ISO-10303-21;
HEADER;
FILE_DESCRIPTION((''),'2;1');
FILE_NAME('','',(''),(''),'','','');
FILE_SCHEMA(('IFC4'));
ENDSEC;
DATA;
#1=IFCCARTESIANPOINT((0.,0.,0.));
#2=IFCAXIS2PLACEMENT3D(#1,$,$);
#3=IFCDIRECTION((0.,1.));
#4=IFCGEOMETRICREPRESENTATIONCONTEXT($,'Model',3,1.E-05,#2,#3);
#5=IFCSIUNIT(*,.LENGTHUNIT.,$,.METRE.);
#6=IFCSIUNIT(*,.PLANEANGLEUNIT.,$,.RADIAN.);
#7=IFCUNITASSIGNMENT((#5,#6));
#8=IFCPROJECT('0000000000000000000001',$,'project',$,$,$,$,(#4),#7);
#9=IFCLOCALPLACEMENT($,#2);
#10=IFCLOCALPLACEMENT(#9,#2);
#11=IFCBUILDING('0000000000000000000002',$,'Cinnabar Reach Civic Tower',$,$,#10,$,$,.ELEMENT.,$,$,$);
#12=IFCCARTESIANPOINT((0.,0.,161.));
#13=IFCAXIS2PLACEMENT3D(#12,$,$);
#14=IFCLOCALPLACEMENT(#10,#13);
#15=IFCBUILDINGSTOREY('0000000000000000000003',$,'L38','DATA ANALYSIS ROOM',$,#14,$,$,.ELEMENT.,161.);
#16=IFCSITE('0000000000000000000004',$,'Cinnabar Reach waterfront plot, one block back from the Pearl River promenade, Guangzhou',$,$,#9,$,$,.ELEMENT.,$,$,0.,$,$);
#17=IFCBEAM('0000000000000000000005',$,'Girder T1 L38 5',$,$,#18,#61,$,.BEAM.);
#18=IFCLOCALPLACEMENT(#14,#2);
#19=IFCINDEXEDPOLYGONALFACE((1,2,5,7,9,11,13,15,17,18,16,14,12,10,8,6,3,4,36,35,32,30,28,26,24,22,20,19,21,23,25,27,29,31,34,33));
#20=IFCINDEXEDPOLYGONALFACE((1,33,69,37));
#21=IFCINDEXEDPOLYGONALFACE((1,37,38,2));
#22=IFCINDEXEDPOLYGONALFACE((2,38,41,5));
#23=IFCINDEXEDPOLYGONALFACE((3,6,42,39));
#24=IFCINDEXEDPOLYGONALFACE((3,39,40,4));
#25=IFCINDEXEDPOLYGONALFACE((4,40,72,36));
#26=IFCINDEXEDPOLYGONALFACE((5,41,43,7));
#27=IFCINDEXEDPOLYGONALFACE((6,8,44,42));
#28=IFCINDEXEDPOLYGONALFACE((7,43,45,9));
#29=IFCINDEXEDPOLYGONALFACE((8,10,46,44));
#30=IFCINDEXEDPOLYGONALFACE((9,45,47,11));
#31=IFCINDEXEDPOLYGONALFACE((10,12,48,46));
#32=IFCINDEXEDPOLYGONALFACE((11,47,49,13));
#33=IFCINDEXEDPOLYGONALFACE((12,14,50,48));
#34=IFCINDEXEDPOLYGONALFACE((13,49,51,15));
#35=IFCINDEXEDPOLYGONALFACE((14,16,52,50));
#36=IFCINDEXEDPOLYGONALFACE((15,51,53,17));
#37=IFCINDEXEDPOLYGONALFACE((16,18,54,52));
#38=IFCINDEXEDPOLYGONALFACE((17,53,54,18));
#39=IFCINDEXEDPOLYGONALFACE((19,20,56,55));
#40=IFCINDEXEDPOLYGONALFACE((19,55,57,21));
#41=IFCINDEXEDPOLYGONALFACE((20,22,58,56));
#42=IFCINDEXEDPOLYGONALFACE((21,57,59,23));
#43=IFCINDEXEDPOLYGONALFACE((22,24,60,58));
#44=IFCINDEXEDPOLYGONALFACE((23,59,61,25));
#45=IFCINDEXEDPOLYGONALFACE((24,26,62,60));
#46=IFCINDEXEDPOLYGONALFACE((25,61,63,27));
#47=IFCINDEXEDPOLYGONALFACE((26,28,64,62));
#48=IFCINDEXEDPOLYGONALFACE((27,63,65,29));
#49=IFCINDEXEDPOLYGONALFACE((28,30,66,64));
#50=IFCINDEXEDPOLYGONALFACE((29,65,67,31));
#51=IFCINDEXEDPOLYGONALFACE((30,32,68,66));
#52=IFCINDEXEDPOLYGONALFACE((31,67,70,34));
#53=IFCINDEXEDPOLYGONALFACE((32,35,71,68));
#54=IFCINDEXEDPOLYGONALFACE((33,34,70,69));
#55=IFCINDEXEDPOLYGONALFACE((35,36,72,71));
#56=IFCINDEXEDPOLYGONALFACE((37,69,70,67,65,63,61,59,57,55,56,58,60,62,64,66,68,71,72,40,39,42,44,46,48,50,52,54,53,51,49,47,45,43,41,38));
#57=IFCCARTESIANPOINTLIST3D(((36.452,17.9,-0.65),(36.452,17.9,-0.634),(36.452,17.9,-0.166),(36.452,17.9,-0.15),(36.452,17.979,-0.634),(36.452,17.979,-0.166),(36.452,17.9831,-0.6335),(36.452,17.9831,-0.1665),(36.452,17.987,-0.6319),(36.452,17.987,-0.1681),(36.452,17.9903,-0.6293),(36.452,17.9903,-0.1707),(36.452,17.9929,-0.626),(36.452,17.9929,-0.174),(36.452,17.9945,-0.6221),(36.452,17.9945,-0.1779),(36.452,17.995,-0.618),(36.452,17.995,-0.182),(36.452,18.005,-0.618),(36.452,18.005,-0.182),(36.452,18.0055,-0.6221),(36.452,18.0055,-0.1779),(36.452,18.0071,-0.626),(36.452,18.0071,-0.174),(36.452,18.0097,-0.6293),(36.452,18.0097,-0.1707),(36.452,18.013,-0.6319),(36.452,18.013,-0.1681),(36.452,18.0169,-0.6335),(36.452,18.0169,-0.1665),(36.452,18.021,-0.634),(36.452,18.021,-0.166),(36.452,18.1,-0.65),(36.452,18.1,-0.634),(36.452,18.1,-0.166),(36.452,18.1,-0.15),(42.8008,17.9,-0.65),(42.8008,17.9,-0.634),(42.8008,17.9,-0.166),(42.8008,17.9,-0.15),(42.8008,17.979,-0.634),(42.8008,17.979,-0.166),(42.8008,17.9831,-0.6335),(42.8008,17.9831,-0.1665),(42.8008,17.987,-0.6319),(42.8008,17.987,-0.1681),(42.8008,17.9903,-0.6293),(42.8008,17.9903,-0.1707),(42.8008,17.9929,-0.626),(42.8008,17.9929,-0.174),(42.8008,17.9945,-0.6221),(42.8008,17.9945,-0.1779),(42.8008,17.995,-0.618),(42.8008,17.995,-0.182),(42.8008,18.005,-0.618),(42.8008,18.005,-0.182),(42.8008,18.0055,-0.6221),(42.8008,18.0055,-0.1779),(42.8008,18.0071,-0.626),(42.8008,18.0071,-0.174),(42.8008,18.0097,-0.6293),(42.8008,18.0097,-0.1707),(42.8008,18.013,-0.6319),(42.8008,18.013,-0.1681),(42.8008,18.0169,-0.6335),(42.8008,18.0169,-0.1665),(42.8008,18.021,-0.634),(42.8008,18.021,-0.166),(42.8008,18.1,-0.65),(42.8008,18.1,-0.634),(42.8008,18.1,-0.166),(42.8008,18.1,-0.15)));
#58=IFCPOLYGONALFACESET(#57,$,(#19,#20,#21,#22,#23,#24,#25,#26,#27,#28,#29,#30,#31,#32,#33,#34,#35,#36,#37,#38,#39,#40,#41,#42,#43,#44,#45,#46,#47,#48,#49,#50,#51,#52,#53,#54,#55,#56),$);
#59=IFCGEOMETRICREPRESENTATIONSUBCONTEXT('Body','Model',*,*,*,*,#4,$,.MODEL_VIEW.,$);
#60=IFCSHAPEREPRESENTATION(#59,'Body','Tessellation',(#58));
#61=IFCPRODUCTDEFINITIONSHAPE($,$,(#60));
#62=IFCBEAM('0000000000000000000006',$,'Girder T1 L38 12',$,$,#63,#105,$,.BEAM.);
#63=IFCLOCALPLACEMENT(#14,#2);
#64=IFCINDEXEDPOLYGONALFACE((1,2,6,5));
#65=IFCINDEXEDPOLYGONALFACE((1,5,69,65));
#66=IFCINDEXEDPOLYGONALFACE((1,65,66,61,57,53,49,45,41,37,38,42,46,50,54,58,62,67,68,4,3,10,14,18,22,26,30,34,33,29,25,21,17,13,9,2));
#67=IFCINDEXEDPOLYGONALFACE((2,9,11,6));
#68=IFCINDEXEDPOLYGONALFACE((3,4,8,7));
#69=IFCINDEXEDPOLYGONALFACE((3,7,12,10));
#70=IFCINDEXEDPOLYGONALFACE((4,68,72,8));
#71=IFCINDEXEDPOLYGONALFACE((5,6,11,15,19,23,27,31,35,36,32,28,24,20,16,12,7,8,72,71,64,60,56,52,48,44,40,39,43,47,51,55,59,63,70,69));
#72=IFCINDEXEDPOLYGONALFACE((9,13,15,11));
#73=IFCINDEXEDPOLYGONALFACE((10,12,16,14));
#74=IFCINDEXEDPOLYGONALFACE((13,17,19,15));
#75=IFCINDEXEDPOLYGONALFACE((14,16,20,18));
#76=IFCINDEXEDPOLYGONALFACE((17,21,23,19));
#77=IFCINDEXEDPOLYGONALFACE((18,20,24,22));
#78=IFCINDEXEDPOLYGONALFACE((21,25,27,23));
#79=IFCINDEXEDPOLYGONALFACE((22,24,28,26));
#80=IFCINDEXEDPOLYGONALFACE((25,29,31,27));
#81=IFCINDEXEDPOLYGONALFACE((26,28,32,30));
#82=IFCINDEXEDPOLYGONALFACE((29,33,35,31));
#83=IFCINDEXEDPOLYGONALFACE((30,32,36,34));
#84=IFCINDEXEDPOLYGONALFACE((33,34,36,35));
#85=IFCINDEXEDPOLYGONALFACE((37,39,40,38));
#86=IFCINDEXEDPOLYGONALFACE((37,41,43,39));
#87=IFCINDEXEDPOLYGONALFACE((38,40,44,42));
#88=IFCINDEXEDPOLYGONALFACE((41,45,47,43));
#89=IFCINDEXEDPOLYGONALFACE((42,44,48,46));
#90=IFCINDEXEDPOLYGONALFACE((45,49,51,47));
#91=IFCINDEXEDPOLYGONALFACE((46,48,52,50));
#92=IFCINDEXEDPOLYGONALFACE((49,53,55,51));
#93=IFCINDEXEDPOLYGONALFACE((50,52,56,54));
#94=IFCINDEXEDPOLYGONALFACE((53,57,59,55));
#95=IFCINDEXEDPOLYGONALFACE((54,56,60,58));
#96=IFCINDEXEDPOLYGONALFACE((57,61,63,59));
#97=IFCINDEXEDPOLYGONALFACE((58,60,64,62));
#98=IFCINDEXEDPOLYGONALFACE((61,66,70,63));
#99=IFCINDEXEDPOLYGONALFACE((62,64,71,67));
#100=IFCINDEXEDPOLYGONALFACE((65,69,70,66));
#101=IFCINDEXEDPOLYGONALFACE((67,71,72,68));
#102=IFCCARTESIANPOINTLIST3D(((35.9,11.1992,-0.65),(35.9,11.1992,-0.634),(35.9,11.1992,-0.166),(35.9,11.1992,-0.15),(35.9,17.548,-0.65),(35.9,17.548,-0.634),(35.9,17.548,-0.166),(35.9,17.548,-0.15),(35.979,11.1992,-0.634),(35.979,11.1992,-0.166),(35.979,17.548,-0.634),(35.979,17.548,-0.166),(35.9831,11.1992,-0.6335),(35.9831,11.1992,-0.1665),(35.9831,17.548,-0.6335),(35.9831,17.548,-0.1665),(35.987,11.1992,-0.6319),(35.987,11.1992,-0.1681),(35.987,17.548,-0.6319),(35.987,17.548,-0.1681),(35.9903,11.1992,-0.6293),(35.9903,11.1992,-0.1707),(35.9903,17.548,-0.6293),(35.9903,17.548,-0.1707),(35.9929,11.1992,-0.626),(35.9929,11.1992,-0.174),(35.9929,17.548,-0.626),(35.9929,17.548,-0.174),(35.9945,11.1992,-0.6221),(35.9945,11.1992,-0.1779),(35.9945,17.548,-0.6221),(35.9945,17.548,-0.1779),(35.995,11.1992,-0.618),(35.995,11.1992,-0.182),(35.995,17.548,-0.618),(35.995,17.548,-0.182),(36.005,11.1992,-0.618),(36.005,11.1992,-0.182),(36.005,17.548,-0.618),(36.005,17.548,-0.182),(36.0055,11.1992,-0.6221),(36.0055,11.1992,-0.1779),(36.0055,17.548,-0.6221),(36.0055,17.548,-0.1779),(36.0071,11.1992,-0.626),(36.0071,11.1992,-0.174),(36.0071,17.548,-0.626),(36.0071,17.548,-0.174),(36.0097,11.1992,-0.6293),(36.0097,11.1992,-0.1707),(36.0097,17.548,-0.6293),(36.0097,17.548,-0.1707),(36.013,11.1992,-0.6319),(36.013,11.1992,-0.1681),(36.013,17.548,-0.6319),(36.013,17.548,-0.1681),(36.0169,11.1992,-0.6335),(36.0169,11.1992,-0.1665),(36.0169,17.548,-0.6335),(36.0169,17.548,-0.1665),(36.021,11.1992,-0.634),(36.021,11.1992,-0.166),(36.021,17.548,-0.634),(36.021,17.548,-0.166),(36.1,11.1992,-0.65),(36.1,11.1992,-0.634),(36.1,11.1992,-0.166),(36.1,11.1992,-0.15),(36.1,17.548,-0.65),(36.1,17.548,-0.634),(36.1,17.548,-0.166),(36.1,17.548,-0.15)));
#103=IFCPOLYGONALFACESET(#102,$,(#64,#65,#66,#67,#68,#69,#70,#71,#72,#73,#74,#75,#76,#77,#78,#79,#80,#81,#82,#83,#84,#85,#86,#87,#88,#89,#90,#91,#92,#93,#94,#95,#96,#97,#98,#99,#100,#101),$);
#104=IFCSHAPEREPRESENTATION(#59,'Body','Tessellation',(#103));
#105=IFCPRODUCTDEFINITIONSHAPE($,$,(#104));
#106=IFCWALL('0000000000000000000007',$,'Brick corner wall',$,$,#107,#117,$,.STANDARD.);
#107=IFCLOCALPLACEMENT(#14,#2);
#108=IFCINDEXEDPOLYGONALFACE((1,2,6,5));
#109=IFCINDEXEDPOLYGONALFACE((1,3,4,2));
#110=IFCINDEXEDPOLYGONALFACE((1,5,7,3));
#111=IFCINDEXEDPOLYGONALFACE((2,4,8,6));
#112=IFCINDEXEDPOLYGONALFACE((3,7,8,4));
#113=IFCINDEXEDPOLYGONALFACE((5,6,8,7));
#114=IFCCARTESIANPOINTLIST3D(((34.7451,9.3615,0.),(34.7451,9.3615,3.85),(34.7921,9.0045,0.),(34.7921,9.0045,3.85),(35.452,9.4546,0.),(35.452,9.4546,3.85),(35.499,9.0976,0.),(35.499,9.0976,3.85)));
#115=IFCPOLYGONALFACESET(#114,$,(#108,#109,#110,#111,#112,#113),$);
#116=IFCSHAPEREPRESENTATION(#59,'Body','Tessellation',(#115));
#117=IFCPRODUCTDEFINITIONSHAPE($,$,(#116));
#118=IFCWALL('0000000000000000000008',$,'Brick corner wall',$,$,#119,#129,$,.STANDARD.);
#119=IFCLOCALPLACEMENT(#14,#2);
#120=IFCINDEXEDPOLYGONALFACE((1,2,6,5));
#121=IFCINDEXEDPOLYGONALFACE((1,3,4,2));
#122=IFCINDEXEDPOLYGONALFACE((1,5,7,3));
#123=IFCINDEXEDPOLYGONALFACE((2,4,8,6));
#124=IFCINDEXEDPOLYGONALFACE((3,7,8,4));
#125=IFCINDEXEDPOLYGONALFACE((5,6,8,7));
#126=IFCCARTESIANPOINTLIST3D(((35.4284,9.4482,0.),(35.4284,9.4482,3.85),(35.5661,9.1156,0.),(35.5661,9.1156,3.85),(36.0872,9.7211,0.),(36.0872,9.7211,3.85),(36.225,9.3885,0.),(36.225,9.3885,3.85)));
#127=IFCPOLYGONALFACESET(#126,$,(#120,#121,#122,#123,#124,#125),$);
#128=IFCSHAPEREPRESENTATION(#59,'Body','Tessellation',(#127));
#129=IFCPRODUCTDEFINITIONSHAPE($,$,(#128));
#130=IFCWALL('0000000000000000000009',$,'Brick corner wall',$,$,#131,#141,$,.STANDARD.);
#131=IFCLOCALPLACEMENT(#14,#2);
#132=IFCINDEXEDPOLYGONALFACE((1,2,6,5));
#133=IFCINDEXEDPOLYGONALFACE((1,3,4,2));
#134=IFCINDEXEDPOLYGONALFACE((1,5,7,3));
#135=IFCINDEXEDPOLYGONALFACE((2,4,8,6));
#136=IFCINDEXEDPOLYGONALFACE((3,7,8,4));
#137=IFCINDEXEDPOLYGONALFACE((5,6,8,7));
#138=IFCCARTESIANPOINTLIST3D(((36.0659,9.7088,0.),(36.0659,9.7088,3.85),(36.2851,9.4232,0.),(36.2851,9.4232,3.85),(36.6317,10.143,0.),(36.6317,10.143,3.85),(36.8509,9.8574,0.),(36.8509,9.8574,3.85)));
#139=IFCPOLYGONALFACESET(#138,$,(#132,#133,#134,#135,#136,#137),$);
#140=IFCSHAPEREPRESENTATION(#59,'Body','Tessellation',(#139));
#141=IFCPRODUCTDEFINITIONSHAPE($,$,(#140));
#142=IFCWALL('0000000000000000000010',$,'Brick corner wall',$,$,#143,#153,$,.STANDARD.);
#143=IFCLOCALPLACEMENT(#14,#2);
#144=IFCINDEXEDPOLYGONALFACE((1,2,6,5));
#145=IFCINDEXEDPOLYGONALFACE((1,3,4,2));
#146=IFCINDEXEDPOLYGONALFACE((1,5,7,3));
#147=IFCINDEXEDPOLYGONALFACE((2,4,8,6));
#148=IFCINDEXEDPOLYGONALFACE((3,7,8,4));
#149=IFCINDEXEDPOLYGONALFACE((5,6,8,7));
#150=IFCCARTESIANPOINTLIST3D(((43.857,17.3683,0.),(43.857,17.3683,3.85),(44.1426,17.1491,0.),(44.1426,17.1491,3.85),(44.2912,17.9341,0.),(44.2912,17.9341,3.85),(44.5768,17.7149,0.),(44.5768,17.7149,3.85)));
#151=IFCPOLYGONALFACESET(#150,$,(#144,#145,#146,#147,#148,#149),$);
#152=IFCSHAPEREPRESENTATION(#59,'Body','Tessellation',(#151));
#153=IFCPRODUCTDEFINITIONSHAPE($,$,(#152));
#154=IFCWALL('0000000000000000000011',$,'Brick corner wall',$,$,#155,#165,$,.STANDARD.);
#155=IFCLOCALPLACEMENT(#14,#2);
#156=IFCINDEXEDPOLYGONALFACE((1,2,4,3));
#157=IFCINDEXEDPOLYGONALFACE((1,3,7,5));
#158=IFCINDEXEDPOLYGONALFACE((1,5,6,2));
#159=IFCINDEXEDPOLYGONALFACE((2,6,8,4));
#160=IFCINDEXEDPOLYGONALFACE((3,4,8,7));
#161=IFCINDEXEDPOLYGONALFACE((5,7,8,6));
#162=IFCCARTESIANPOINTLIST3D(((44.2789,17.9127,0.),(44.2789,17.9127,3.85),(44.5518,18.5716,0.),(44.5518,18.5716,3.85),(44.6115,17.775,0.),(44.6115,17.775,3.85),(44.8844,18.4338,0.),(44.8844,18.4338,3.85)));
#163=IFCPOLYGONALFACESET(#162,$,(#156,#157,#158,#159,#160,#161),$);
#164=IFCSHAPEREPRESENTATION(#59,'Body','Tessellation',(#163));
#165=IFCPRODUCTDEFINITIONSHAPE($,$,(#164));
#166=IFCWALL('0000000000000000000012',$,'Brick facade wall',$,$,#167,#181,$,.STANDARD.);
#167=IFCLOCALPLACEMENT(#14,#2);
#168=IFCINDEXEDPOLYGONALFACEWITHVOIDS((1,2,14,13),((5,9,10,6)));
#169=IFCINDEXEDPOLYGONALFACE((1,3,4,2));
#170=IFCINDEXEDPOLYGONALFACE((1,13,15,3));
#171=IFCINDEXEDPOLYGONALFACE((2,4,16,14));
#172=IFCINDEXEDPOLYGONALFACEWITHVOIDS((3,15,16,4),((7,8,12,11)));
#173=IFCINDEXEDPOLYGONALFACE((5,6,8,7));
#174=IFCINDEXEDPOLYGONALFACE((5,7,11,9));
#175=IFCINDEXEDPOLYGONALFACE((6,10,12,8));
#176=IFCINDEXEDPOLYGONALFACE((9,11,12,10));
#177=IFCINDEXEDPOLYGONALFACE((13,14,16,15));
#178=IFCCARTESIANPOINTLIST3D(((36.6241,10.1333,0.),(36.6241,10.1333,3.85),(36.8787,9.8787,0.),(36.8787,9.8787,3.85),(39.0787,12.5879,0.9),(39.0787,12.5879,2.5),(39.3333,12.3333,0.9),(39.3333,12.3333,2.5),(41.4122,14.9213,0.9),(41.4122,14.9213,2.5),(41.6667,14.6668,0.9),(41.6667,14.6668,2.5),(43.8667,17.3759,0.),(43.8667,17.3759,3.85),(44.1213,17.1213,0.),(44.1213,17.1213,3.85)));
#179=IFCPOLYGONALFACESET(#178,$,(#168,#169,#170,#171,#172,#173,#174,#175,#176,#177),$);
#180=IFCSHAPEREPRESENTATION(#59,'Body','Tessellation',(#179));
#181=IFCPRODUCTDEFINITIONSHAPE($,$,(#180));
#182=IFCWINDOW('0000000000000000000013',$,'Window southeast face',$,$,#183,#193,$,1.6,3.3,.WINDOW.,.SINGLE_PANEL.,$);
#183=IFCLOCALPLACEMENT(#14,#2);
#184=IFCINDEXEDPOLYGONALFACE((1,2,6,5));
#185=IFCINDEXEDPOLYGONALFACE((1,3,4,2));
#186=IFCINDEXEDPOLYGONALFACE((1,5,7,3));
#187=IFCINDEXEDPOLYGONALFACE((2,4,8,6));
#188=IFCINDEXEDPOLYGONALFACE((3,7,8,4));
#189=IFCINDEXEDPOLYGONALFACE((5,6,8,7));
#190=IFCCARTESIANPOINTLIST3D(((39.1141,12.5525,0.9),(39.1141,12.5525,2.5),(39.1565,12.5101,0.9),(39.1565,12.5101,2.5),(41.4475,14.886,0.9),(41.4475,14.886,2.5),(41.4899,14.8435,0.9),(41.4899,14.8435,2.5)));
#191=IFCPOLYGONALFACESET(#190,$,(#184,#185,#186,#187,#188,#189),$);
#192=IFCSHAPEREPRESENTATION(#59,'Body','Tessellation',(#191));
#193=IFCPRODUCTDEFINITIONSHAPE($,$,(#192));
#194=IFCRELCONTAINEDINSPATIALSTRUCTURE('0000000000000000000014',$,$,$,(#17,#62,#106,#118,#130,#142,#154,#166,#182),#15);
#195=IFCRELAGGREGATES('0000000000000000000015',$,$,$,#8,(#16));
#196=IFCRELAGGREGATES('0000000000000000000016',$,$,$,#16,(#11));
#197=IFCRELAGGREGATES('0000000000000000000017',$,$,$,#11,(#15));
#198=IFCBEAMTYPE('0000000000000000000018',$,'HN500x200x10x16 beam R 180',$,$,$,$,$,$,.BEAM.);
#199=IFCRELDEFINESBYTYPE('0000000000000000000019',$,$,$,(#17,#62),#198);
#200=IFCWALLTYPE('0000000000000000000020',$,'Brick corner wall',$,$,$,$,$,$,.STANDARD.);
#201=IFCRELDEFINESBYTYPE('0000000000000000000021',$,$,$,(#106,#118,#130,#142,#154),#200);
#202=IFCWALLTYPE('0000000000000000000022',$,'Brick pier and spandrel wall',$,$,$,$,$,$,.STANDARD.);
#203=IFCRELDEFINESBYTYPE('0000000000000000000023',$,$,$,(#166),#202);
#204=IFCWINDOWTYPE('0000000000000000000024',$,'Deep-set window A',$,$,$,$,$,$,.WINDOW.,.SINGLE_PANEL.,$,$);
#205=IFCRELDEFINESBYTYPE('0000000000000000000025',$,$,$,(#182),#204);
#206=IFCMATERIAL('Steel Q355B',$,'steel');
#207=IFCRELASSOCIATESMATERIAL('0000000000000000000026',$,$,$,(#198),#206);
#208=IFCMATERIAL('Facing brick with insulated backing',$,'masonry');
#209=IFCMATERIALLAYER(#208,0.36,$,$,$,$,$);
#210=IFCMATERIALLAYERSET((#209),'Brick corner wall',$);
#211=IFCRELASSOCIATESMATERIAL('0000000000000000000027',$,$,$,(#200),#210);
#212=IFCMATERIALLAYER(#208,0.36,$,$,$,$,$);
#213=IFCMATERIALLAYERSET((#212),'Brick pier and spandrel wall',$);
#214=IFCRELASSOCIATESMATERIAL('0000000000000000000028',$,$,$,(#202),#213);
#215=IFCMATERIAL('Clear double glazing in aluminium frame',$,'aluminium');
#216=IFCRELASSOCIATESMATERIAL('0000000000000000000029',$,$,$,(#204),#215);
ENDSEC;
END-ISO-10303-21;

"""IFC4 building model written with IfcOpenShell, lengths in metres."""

from ifc_helpers import new_model, si_unit, direction, frame, frame_2d, origin, origin_2d, place, context, subcontext, project, spatial, rectangle, i_section, extrude, material, layer, layer_set, material_profile, profile_set, type_object, element, fill, save


model = new_model("IFC4")

# Units and contexts
model_context = context("Model", 3, precision=1e-05, world=origin(), true_north=direction((0.0, 1.0)))
body_context = subcontext(model_context, "Body", "Model", "MODEL_VIEW")
ifc_project = project(units=[si_unit("LENGTHUNIT", "METRE"), si_unit("PLANEANGLEUNIT", "RADIAN")], contexts=[model_context])

# Site, building, storey
site_placement = place(None, origin())
site = spatial("IfcSite", under=ifc_project, at=site_placement, Name="Cinnabar Reach waterfront plot, one block back from the Pearl River promenade, Guangzhou", CompositionType="ELEMENT", RefElevation=0.0)
building_placement = place(site_placement, origin())
building = spatial("IfcBuilding", under=site, at=building_placement, Name="Cinnabar Reach Civic Tower", CompositionType="ELEMENT")
storey_placement = place(building_placement, frame((0.0, 0.0, 161.0)))
storey = spatial("IfcBuildingStorey", under=building, at=storey_placement, Name="L38", Description="DATA ANALYSIS ROOM", CompositionType="ELEMENT", Elevation=161.0)

# Beams
ifc_material_1 = material(Name="Steel Q355B", Category="steel")
ifc_material_profile_1 = material_profile(ifc_material_1, i_section(OverallWidth=0.2, OverallDepth=0.5, WebThickness=0.01, FlangeThickness=0.016, FilletRadius=0.016, at=origin_2d()), Name="HN500x200x10x16")
ifc_profile_set_1 = profile_set([ifc_material_profile_1], Name="Steel Q355B")
beam_type_1 = type_object("IfcBeamType", Name="HN500x200x10x16 beam R 180", PredefinedType="BEAM", material=ifc_profile_set_1)
for number, where, z_axis, x_axis, name in (
    (1, (36.452, 18.0, -0.4), (1.0, 0.0, 0.0), (0.0, 1.0, 0.0), "Girder T1 L38 5"),
    (2, (36.0, 11.1992, -0.4), (0.0, 1.0, 0.0), (-1.0, 0.0, 0.0), "Girder T1 L38 12"),
):
    element("IfcBeam", number, at=place(storey_placement, frame(where, z_axis=z_axis, x_axis=x_axis)), inside=storey, type_object=beam_type_1, Name=name, PredefinedType="BEAM", context=body_context, shape_type="SweptSolid", body=[
        extrude(i_section(OverallWidth=0.2, OverallDepth=0.5, WebThickness=0.01, FlangeThickness=0.016, FilletRadius=0.016, at=origin_2d()), origin(), (0.0, 0.0, 1.0), 6.3488),
    ])

# Walls
ifc_material_2 = material(Name="Facing brick with insulated backing", Category="masonry")
ifc_layer_1 = layer(ifc_material_2, 0.36)
ifc_layer_set_1 = layer_set([ifc_layer_1], Name="Brick corner wall")
wall_type_1 = type_object("IfcWallType", Name="Brick corner wall", PredefinedType="STANDARD", material=ifc_layer_set_1)
for number, where, z_axis, x_axis, name in (
    (3, (34.7686, 9.183, 0.0), (0.0, 0.0, 1.0), (0.991441, 0.130556, 0.0), "Brick corner wall"),
    (4, (35.4973, 9.2819, 0.0), (0.0, 0.0, 1.0), (0.923872, 0.382703, 0.0), "Brick corner wall"),
):
    element("IfcWall", number, at=place(storey_placement, frame(where, z_axis=z_axis, x_axis=x_axis)), inside=storey, type_object=wall_type_1, Name=name, PredefinedType="STANDARD", context=body_context, shape_type="SweptSolid", body=[
        extrude(rectangle(XDim=0.7131, YDim=0.36, at=frame_2d((0.3565, 0.0))), origin(), (0.0, 0.0, 1.0), 3.85),
    ])
for number, where, z_axis, x_axis, name in (
    (5, (36.1755, 9.566, 0.0), (0.0, 0.0, 1.0), (0.793322, 0.608802, 0.0), "Brick corner wall"),
    (6, (43.9998, 17.2587, 0.0), (0.0, 0.0, 1.0), (0.608802, 0.793322, 0.0), "Brick corner wall"),
):
    element("IfcWall", number, at=place(storey_placement, frame(where, z_axis=z_axis, x_axis=x_axis)), inside=storey, type_object=wall_type_1, Name=name, PredefinedType="STANDARD", context=body_context, shape_type="SweptSolid", body=[
        extrude(rectangle(XDim=0.7132, YDim=0.36, at=frame_2d((0.3566, 0.0))), origin(), (0.0, 0.0, 1.0), 3.85),
    ])
wall_1_placement = place(storey_placement, frame((44.4452, 17.8439, 0.0), z_axis=(0.0, 0.0, 1.0), x_axis=(0.382703, 0.923872, 0.0)))
element("IfcWall", 7, at=wall_1_placement, inside=storey, type_object=wall_type_1, Name="Brick corner wall", PredefinedType="STANDARD", context=body_context, shape_type="SweptSolid", body=[
    extrude(rectangle(XDim=0.7131, YDim=0.36, at=frame_2d((0.3565, 0.0))), origin(), (0.0, 0.0, 1.0), 3.85),
])

# Wall, opening, window
ifc_layer_2 = layer(ifc_material_2, 0.36)
ifc_layer_set_2 = layer_set([ifc_layer_2], Name="Brick pier and spandrel wall")
wall_type_2 = type_object("IfcWallType", Name="Brick pier and spandrel wall", PredefinedType="STANDARD", material=ifc_layer_set_2)
wall_2_placement = place(storey_placement, frame((36.7514, 10.006, 0.0), z_axis=(0.0, 0.0, 1.0), x_axis=(0.707107, 0.707107, 0.0)))
wall_2 = element("IfcWall", 8, at=wall_2_placement, inside=storey, type_object=wall_type_2, Name="Brick facade wall", PredefinedType="STANDARD", context=body_context, shape_type="SweptSolid", body=[
    extrude(rectangle(XDim=10.2426, YDim=0.36, at=frame_2d((5.1213, 0.0))), origin(), (0.0, 0.0, 1.0), 3.85),
])
opening_placement = place(wall_2_placement, frame((3.4713, 0.0, 0.9)))
opening = element("IfcOpeningElement", 9, at=opening_placement, cuts=wall_2, PredefinedType="OPENING", context=body_context, shape_type="SweptSolid", body=[
    extrude(rectangle(XDim=3.3, YDim=1.6, at=frame_2d((1.65, 0.8))), frame((0.0, 0.19, 0.0), z_axis=(0.0, -1.0, 0.0), x_axis=(1.0, 0.0, 0.0)), (0.0, 0.0, 1.0), 0.38),
])
ifc_material_3 = material(Name="Clear double glazing in aluminium frame", Category="aluminium")
window_type = type_object("IfcWindowType", Name="Deep-set window A", PartitioningType="SINGLE_PANEL", PredefinedType="WINDOW", material=ifc_material_3)
window_placement = place(opening_placement, origin())
window = element("IfcWindow", 10, at=window_placement, inside=storey, type_object=window_type, Name="Window southeast face", OverallHeight=1.6, OverallWidth=3.3, PartitioningType="SINGLE_PANEL", PredefinedType="WINDOW", context=body_context, shape_type="SweptSolid", body=[
    extrude(rectangle(XDim=3.3, YDim=1.6, at=frame_2d((1.65, 0.8))), frame((0.0, 0.13, 0.0), z_axis=(0.0, -1.0, 0.0), x_axis=(1.0, 0.0, 0.0)), (0.0, 0.0, 1.0), 0.06),
])
fill(opening, window)

save(model, "model.ifc")
